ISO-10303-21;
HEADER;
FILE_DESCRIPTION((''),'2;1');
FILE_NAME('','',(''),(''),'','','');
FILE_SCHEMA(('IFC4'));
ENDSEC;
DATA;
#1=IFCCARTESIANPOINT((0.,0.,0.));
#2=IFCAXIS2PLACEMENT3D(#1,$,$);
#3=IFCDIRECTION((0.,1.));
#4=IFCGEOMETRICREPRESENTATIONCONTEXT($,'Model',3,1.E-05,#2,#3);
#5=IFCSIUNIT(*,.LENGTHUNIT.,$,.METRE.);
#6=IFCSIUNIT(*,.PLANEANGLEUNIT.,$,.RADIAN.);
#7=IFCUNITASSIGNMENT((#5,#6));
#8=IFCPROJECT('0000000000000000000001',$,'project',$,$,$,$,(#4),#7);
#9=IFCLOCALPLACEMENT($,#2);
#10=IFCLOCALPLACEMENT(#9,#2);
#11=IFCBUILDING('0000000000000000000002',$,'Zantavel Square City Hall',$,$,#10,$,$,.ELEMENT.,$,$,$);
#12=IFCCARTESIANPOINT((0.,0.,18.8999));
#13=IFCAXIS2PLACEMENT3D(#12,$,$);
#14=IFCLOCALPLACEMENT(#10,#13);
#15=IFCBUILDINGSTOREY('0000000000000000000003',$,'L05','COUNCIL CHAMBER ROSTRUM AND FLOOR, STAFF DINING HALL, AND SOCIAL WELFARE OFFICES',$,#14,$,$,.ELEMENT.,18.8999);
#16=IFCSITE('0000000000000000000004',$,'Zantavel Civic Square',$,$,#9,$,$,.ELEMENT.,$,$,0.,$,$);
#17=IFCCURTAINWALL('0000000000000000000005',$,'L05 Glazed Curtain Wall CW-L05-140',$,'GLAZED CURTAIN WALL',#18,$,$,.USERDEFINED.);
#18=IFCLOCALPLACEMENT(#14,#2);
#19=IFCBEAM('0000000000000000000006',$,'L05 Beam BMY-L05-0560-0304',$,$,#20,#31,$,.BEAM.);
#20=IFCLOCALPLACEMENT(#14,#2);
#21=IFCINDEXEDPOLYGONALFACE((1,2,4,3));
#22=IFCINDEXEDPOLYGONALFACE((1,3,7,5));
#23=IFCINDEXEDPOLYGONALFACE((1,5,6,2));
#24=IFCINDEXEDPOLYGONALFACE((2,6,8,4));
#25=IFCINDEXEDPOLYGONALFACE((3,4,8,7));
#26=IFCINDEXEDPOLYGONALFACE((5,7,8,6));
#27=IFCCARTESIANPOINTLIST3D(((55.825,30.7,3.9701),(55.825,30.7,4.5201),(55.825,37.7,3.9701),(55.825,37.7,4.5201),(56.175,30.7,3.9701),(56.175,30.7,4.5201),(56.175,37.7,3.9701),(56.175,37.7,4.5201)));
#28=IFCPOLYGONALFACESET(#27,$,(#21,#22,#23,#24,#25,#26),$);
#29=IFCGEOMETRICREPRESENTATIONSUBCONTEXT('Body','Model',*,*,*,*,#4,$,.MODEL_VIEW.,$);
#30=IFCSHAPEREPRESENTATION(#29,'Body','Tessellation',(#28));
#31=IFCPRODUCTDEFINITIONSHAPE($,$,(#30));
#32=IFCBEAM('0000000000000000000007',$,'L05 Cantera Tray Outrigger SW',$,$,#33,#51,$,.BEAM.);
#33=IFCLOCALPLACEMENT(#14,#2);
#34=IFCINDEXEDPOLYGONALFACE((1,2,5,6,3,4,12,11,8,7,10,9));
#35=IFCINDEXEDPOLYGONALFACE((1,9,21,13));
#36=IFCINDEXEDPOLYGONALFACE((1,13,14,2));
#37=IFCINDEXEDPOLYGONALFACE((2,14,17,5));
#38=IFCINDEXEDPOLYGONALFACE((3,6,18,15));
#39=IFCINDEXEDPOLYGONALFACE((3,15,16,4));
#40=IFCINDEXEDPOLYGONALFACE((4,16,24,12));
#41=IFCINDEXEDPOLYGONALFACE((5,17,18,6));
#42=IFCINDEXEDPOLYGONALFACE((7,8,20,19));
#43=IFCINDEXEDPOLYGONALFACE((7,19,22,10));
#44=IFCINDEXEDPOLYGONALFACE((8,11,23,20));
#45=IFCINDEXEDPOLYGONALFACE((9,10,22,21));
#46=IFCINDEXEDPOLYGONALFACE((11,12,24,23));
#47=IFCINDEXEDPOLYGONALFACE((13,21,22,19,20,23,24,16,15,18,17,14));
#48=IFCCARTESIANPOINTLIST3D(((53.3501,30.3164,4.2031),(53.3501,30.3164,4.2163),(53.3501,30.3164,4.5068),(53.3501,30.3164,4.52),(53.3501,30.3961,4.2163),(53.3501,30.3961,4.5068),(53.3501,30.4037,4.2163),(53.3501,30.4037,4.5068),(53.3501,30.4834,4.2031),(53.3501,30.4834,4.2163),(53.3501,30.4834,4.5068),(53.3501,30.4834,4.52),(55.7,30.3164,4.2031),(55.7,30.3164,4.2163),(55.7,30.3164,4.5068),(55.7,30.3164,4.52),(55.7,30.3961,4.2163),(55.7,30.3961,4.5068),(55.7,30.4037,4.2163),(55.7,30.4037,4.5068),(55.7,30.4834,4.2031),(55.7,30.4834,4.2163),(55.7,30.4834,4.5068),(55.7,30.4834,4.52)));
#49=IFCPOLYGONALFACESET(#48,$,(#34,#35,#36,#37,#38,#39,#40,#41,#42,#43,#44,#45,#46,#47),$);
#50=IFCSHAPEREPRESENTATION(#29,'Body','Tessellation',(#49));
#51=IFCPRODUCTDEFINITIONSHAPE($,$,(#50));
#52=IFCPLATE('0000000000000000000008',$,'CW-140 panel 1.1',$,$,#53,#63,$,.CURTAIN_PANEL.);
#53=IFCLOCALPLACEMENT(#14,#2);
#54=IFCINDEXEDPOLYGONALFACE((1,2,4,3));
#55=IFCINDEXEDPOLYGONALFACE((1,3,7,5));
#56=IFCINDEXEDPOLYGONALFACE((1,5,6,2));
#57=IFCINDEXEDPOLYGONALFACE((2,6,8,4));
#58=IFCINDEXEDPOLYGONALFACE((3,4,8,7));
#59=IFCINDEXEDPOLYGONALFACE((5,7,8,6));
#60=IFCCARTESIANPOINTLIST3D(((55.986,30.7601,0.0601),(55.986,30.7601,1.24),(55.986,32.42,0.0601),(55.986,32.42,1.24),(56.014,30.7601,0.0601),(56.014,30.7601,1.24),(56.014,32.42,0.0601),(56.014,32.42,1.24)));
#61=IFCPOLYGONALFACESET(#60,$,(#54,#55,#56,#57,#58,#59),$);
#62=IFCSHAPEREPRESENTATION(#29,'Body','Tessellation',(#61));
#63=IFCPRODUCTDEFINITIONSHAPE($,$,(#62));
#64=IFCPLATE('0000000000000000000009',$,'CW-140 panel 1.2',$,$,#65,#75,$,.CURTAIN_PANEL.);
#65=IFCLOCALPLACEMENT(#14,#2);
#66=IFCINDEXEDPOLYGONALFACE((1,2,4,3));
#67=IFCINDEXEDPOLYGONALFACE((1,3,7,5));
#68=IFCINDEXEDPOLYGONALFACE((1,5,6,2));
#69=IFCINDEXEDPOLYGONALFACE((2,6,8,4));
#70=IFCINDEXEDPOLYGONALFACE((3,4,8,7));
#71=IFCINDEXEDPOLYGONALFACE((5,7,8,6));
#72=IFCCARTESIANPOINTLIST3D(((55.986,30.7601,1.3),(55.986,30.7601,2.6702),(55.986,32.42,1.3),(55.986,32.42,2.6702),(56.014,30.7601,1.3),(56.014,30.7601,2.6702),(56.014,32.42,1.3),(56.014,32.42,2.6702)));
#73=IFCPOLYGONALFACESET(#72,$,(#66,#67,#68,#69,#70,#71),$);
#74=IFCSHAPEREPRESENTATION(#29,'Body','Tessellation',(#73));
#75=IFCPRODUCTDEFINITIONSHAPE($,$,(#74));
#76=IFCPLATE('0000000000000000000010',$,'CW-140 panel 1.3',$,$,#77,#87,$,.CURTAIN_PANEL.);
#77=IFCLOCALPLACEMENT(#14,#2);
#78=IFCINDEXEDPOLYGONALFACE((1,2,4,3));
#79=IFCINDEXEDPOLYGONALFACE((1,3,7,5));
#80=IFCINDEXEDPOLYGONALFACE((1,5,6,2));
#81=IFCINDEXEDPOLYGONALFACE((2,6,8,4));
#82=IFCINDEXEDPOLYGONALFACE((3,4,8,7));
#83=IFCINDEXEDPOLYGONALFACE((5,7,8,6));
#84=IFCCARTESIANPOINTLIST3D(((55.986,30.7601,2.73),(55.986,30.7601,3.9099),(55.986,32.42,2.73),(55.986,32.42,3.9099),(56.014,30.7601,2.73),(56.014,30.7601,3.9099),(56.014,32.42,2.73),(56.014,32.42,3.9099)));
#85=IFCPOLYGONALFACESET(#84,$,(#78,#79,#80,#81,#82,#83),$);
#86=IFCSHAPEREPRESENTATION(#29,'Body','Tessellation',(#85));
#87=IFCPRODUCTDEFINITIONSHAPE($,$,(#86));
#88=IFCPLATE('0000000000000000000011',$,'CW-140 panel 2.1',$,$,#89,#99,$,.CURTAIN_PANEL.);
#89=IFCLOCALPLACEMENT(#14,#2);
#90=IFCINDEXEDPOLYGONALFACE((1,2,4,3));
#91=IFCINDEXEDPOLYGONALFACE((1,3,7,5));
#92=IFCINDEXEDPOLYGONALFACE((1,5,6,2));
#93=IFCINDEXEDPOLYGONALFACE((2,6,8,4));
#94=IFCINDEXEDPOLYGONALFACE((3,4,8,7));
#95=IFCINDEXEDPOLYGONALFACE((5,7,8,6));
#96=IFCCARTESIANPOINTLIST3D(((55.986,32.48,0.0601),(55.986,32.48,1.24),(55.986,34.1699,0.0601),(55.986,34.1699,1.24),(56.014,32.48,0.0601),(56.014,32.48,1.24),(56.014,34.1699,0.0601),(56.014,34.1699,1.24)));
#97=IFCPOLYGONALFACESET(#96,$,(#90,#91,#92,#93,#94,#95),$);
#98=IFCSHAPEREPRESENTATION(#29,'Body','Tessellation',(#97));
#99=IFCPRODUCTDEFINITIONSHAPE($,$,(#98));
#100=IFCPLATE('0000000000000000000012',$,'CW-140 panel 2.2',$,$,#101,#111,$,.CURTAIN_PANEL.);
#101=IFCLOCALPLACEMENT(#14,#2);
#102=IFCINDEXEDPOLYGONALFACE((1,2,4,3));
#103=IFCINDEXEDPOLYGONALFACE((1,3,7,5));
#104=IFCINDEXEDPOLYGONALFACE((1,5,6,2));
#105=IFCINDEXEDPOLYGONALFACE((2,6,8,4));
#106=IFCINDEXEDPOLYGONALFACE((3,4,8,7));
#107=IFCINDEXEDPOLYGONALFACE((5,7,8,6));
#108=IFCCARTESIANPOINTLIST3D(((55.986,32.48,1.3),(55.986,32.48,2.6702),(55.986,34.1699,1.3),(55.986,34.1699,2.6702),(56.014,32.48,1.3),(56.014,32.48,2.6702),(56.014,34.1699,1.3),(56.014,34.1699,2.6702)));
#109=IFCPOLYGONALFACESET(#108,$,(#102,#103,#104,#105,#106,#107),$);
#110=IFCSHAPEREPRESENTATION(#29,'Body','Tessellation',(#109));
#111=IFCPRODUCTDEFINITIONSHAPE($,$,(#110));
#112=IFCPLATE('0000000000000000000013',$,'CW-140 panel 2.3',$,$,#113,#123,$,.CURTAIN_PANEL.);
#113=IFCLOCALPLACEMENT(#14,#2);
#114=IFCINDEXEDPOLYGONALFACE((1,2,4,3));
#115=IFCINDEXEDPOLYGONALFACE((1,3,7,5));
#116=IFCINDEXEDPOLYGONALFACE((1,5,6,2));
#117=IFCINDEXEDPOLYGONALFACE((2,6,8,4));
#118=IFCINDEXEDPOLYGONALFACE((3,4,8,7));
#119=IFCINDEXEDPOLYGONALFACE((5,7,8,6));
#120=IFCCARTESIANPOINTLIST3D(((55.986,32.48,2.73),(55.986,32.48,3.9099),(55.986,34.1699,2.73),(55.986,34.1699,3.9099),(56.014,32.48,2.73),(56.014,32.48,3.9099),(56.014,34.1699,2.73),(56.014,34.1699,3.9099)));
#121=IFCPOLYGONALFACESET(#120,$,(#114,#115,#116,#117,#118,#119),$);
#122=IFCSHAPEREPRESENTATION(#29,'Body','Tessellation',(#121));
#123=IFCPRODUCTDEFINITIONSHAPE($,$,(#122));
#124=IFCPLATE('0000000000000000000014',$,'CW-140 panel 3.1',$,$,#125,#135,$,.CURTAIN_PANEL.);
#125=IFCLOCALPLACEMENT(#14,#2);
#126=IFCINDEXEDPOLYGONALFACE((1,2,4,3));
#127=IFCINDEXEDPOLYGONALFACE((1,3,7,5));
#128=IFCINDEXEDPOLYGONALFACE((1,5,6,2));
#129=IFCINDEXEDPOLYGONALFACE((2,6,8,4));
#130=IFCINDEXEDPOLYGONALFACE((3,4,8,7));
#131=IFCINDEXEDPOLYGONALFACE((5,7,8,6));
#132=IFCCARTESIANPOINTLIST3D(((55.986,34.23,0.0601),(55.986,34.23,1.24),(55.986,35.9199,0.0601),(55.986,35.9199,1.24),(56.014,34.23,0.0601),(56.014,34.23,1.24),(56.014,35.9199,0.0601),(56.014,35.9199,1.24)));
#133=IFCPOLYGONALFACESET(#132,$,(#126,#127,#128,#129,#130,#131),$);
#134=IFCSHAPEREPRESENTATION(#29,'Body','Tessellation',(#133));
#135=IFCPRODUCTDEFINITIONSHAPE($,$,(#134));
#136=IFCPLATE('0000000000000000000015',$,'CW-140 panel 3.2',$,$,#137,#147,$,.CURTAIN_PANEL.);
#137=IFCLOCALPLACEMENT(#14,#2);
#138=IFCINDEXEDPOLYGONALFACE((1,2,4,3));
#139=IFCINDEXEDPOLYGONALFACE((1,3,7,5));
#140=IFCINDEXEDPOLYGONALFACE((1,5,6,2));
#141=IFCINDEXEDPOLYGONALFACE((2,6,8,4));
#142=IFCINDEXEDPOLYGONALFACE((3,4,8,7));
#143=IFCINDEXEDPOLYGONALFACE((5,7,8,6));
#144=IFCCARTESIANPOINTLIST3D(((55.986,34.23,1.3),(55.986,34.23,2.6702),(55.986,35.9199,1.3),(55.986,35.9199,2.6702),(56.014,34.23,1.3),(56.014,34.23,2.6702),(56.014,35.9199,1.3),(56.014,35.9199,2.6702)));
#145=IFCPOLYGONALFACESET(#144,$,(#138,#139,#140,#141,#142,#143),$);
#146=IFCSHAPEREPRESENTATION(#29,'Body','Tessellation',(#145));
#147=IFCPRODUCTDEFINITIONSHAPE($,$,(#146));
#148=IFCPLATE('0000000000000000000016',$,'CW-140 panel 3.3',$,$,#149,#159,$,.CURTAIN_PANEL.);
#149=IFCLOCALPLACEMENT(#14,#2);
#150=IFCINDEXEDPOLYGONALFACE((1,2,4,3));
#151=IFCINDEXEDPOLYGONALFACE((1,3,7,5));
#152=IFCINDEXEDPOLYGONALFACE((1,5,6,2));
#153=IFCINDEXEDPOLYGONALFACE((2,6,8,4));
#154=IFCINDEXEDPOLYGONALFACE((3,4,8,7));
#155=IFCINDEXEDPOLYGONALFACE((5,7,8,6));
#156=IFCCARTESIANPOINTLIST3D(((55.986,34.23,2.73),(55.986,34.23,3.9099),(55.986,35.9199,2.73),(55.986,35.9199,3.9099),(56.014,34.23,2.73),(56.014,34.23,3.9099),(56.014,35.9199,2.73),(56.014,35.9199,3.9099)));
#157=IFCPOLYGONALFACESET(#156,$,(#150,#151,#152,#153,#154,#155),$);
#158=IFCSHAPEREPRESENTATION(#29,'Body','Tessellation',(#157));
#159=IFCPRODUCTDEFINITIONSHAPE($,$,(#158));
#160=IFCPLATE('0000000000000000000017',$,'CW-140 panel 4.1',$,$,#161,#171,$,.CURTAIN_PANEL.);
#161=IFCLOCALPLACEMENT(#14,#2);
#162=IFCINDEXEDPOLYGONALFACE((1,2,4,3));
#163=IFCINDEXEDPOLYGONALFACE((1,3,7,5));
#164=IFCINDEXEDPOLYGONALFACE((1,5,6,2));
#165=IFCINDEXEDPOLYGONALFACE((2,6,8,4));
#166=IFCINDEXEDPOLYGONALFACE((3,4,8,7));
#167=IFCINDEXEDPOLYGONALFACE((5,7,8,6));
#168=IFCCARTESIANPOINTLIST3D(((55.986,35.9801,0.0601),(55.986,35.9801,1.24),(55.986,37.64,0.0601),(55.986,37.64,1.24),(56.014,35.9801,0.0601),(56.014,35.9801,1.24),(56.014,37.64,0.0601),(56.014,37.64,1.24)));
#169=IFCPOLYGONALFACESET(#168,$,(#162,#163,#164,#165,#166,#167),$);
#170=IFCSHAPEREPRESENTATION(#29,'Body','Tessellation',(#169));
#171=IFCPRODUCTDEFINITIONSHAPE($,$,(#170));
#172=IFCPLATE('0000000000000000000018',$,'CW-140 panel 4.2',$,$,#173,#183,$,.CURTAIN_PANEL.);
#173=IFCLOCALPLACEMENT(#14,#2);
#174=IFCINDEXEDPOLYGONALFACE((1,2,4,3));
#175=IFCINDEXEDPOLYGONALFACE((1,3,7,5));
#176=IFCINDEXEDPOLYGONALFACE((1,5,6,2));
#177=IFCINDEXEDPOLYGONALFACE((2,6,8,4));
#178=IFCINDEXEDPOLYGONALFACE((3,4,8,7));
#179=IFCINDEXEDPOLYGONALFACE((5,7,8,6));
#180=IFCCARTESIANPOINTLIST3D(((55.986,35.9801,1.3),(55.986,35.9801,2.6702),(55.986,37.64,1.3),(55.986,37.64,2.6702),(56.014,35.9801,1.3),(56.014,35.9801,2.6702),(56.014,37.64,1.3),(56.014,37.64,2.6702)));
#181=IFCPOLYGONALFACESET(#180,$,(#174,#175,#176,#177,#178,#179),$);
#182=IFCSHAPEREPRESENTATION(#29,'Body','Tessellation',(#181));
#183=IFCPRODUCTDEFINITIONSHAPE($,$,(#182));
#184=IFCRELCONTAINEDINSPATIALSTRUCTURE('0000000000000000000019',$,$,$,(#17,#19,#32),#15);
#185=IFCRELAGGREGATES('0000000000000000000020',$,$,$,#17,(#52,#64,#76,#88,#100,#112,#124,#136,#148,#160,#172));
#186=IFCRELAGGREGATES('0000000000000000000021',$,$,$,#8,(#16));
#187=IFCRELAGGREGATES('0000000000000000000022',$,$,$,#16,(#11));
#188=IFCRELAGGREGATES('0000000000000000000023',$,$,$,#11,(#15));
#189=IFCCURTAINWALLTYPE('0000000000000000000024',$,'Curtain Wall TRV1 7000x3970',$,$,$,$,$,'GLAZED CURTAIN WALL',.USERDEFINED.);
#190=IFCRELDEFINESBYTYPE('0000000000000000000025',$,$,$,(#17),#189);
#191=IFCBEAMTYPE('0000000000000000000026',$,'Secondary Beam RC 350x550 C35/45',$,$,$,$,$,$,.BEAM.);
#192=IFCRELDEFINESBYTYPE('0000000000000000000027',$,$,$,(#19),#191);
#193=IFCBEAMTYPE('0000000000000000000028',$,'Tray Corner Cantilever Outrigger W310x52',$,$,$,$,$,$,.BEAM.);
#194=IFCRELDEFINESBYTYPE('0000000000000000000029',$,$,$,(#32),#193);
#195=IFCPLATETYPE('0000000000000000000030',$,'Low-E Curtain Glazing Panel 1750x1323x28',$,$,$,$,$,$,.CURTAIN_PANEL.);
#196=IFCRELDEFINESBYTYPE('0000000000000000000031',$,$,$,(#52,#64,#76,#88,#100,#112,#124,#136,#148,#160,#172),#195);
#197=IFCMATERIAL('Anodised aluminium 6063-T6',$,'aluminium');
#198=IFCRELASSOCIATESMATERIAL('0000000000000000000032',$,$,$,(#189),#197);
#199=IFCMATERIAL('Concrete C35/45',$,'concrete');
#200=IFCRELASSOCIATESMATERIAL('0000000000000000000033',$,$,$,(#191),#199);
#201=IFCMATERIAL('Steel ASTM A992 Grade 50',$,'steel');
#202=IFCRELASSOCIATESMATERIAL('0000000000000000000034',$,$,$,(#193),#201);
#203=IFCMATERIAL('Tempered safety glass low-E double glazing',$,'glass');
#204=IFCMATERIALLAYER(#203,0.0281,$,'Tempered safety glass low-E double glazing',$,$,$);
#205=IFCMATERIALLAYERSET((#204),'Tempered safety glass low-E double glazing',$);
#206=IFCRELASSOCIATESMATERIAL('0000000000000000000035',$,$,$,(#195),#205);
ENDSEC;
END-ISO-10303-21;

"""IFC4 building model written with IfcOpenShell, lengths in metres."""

from ifc_helpers import new_model, si_unit, direction, frame, origin, origin_2d, place, context, subcontext, project, spatial, rectangle, i_section, extrude, material, layer, layer_set, material_profile, profile_set, type_object, element, aggregate, save


model = new_model("IFC4")

# Units and contexts
model_context = context("Model", 3, precision=1e-05, world=origin(), true_north=direction((0.0, 1.0)))
body_context = subcontext(model_context, "Body", "Model", "MODEL_VIEW")
ifc_project = project(units=[si_unit("LENGTHUNIT", "METRE"), si_unit("PLANEANGLEUNIT", "RADIAN")], contexts=[model_context])

# Site, building, storey
site_placement = place(None, origin())
site = spatial("IfcSite", under=ifc_project, at=site_placement, Name="Zantavel Civic Square", CompositionType="ELEMENT", RefElevation=0.0)
building_placement = place(site_placement, origin())
building = spatial("IfcBuilding", under=site, at=building_placement, Name="Zantavel Square City Hall", CompositionType="ELEMENT")
storey_placement = place(building_placement, frame((0.0, 0.0, 18.8999)))
storey = spatial("IfcBuildingStorey", under=building, at=storey_placement, Name="L05", Description="COUNCIL CHAMBER ROSTRUM AND FLOOR, STAFF DINING HALL, AND SOCIAL WELFARE OFFICES", CompositionType="ELEMENT", Elevation=18.8999)

# Curtain wall
ifc_material_1 = material(Name="Anodised aluminium 6063-T6", Category="aluminium")
curtain_wall_type = type_object("IfcCurtainWallType", Name="Curtain Wall TRV1 7000x3970", ElementType="GLAZED CURTAIN WALL", PredefinedType="USERDEFINED", material=ifc_material_1)
curtain_wall_placement = place(storey_placement, origin())
curtain_wall = element("IfcCurtainWall", 1, at=curtain_wall_placement, inside=storey, type_object=curtain_wall_type, Name="L05 Glazed Curtain Wall CW-L05-140", ObjectType="GLAZED CURTAIN WALL", PredefinedType="USERDEFINED")

# Beams
ifc_material_2 = material(Name="Concrete C35/45", Category="concrete")
ifc_material_profile_1 = material_profile(ifc_material_2, rectangle(XDim=0.3501, YDim=0.55, at=origin_2d()), Name="RC 350x550")
ifc_profile_set_1 = profile_set([ifc_material_profile_1], Name="Concrete C35/45")
beam_type_1 = type_object("IfcBeamType", Name="Secondary Beam RC 350x550 C35/45", PredefinedType="BEAM", material=ifc_profile_set_1)
beam_1_placement = place(storey_placement, frame((56.0, 30.7, 4.2451), z_axis=(0.0, 1.0, 0.0), x_axis=(-1.0, 0.0, 0.0)))
element("IfcBeam", 2, at=beam_1_placement, inside=storey, type_object=beam_type_1, Name="L05 Beam BMY-L05-0560-0304", PredefinedType="BEAM", context=body_context, shape_type="SweptSolid", body=[
    extrude(rectangle(XDim=0.3501, YDim=0.55, at=origin_2d()), origin(), (0.0, 0.0, 1.0), 7.0),
])
ifc_material_3 = material(Name="Steel ASTM A992 Grade 50", Category="steel")
ifc_material_profile_2 = material_profile(ifc_material_3, i_section(OverallWidth=0.167, OverallDepth=0.3169, WebThickness=0.0076, FlangeThickness=0.0132, at=origin_2d()), Name="W310x52")
ifc_profile_set_2 = profile_set([ifc_material_profile_2], Name="Steel ASTM A992 Grade 50")
beam_type_2 = type_object("IfcBeamType", Name="Tray Corner Cantilever Outrigger W310x52", PredefinedType="BEAM", material=ifc_profile_set_2)
beam_2_placement = place(storey_placement, frame((55.7, 30.3999, 4.3616), z_axis=(-1.0, 0.0, 0.0), x_axis=(0.0, -1.0, 0.0)))
element("IfcBeam", 3, at=beam_2_placement, inside=storey, type_object=beam_type_2, Name="L05 Cantera Tray Outrigger SW", PredefinedType="BEAM", context=body_context, shape_type="SweptSolid", body=[
    extrude(i_section(OverallWidth=0.167, OverallDepth=0.3169, WebThickness=0.0076, FlangeThickness=0.0132, at=origin_2d()), origin(), (0.0, 0.0, 1.0), 2.3499),
])

# Plates
ifc_material_4 = material(Name="Tempered safety glass low-E double glazing", Category="glass")
ifc_layer_1 = layer(ifc_material_4, 0.0281, Name="Tempered safety glass low-E double glazing")
ifc_layer_set_1 = layer_set([ifc_layer_1], Name="Tempered safety glass low-E double glazing")
plate_type = type_object("IfcPlateType", Name="Low-E Curtain Glazing Panel 1750x1323x28", PredefinedType="CURTAIN_PANEL", material=ifc_layer_set_1)
plate_1_placement = place(storey_placement, frame((56.0, 31.5901, 0.0601), z_axis=(0.0, 0.0, 1.0), x_axis=(0.0, 1.0, 0.0)))
plate_1 = element("IfcPlate", 4, at=plate_1_placement, type_object=plate_type, Name="CW-140 panel 1.1", PredefinedType="CURTAIN_PANEL", context=body_context, shape_type="SweptSolid", body=[
    extrude(rectangle(XDim=1.6599, YDim=0.0281, at=origin_2d()), origin(), (0.0, 0.0, 1.0), 1.1799),
])
plate_2_placement = place(storey_placement, frame((56.0, 31.5901, 1.3), z_axis=(0.0, 0.0, 1.0), x_axis=(0.0, 1.0, 0.0)))
plate_2 = element("IfcPlate", 5, at=plate_2_placement, type_object=plate_type, Name="CW-140 panel 1.2", PredefinedType="CURTAIN_PANEL", context=body_context, shape_type="SweptSolid", body=[
    extrude(rectangle(XDim=1.6599, YDim=0.0281, at=origin_2d()), origin(), (0.0, 0.0, 1.0), 1.3701),
])
plate_3_placement = place(storey_placement, frame((56.0, 31.5901, 2.73), z_axis=(0.0, 0.0, 1.0), x_axis=(0.0, 1.0, 0.0)))
plate_3 = element("IfcPlate", 6, at=plate_3_placement, type_object=plate_type, Name="CW-140 panel 1.3", PredefinedType="CURTAIN_PANEL", context=body_context, shape_type="SweptSolid", body=[
    extrude(rectangle(XDim=1.6599, YDim=0.0281, at=origin_2d()), origin(), (0.0, 0.0, 1.0), 1.1799),
])
plate_4_placement = place(storey_placement, frame((56.0, 33.325, 0.0601), z_axis=(0.0, 0.0, 1.0), x_axis=(0.0, 1.0, 0.0)))
plate_4 = element("IfcPlate", 7, at=plate_4_placement, type_object=plate_type, Name="CW-140 panel 2.1", PredefinedType="CURTAIN_PANEL", context=body_context, shape_type="SweptSolid", body=[
    extrude(rectangle(XDim=1.6899, YDim=0.0281, at=origin_2d()), origin(), (0.0, 0.0, 1.0), 1.1799),
])
plate_5_placement = place(storey_placement, frame((56.0, 33.325, 1.3), z_axis=(0.0, 0.0, 1.0), x_axis=(0.0, 1.0, 0.0)))
plate_5 = element("IfcPlate", 8, at=plate_5_placement, type_object=plate_type, Name="CW-140 panel 2.2", PredefinedType="CURTAIN_PANEL", context=body_context, shape_type="SweptSolid", body=[
    extrude(rectangle(XDim=1.6899, YDim=0.0281, at=origin_2d()), origin(), (0.0, 0.0, 1.0), 1.3701),
])
plate_6_placement = place(storey_placement, frame((56.0, 33.325, 2.73), z_axis=(0.0, 0.0, 1.0), x_axis=(0.0, 1.0, 0.0)))
plate_6 = element("IfcPlate", 9, at=plate_6_placement, type_object=plate_type, Name="CW-140 panel 2.3", PredefinedType="CURTAIN_PANEL", context=body_context, shape_type="SweptSolid", body=[
    extrude(rectangle(XDim=1.6899, YDim=0.0281, at=origin_2d()), origin(), (0.0, 0.0, 1.0), 1.1799),
])
plate_7_placement = place(storey_placement, frame((56.0, 35.075, 0.0601), z_axis=(0.0, 0.0, 1.0), x_axis=(0.0, 1.0, 0.0)))
plate_7 = element("IfcPlate", 10, at=plate_7_placement, type_object=plate_type, Name="CW-140 panel 3.1", PredefinedType="CURTAIN_PANEL", context=body_context, shape_type="SweptSolid", body=[
    extrude(rectangle(XDim=1.6899, YDim=0.0281, at=origin_2d()), origin(), (0.0, 0.0, 1.0), 1.1799),
])
plate_8_placement = place(storey_placement, frame((56.0, 35.075, 1.3), z_axis=(0.0, 0.0, 1.0), x_axis=(0.0, 1.0, 0.0)))
plate_8 = element("IfcPlate", 11, at=plate_8_placement, type_object=plate_type, Name="CW-140 panel 3.2", PredefinedType="CURTAIN_PANEL", context=body_context, shape_type="SweptSolid", body=[
    extrude(rectangle(XDim=1.6899, YDim=0.0281, at=origin_2d()), origin(), (0.0, 0.0, 1.0), 1.3701),
])
plate_9_placement = place(storey_placement, frame((56.0, 35.075, 2.73), z_axis=(0.0, 0.0, 1.0), x_axis=(0.0, 1.0, 0.0)))
plate_9 = element("IfcPlate", 12, at=plate_9_placement, type_object=plate_type, Name="CW-140 panel 3.3", PredefinedType="CURTAIN_PANEL", context=body_context, shape_type="SweptSolid", body=[
    extrude(rectangle(XDim=1.6899, YDim=0.0281, at=origin_2d()), origin(), (0.0, 0.0, 1.0), 1.1799),
])
plate_10_placement = place(storey_placement, frame((56.0, 36.8101, 0.0601), z_axis=(0.0, 0.0, 1.0), x_axis=(0.0, 1.0, 0.0)))
plate_10 = element("IfcPlate", 13, at=plate_10_placement, type_object=plate_type, Name="CW-140 panel 4.1", PredefinedType="CURTAIN_PANEL", context=body_context, shape_type="SweptSolid", body=[
    extrude(rectangle(XDim=1.6599, YDim=0.0281, at=origin_2d()), origin(), (0.0, 0.0, 1.0), 1.1799),
])
plate_11_placement = place(storey_placement, frame((56.0, 36.8101, 1.3), z_axis=(0.0, 0.0, 1.0), x_axis=(0.0, 1.0, 0.0)))
plate_11 = element("IfcPlate", 14, at=plate_11_placement, type_object=plate_type, Name="CW-140 panel 4.2", PredefinedType="CURTAIN_PANEL", context=body_context, shape_type="SweptSolid", body=[
    extrude(rectangle(XDim=1.6599, YDim=0.0281, at=origin_2d()), origin(), (0.0, 0.0, 1.0), 1.3701),
])
aggregate(curtain_wall, [plate_1, plate_2, plate_3, plate_4, plate_5, plate_6, plate_7, plate_8, plate_9, plate_10, plate_11])

save(model, "model.ifc")
